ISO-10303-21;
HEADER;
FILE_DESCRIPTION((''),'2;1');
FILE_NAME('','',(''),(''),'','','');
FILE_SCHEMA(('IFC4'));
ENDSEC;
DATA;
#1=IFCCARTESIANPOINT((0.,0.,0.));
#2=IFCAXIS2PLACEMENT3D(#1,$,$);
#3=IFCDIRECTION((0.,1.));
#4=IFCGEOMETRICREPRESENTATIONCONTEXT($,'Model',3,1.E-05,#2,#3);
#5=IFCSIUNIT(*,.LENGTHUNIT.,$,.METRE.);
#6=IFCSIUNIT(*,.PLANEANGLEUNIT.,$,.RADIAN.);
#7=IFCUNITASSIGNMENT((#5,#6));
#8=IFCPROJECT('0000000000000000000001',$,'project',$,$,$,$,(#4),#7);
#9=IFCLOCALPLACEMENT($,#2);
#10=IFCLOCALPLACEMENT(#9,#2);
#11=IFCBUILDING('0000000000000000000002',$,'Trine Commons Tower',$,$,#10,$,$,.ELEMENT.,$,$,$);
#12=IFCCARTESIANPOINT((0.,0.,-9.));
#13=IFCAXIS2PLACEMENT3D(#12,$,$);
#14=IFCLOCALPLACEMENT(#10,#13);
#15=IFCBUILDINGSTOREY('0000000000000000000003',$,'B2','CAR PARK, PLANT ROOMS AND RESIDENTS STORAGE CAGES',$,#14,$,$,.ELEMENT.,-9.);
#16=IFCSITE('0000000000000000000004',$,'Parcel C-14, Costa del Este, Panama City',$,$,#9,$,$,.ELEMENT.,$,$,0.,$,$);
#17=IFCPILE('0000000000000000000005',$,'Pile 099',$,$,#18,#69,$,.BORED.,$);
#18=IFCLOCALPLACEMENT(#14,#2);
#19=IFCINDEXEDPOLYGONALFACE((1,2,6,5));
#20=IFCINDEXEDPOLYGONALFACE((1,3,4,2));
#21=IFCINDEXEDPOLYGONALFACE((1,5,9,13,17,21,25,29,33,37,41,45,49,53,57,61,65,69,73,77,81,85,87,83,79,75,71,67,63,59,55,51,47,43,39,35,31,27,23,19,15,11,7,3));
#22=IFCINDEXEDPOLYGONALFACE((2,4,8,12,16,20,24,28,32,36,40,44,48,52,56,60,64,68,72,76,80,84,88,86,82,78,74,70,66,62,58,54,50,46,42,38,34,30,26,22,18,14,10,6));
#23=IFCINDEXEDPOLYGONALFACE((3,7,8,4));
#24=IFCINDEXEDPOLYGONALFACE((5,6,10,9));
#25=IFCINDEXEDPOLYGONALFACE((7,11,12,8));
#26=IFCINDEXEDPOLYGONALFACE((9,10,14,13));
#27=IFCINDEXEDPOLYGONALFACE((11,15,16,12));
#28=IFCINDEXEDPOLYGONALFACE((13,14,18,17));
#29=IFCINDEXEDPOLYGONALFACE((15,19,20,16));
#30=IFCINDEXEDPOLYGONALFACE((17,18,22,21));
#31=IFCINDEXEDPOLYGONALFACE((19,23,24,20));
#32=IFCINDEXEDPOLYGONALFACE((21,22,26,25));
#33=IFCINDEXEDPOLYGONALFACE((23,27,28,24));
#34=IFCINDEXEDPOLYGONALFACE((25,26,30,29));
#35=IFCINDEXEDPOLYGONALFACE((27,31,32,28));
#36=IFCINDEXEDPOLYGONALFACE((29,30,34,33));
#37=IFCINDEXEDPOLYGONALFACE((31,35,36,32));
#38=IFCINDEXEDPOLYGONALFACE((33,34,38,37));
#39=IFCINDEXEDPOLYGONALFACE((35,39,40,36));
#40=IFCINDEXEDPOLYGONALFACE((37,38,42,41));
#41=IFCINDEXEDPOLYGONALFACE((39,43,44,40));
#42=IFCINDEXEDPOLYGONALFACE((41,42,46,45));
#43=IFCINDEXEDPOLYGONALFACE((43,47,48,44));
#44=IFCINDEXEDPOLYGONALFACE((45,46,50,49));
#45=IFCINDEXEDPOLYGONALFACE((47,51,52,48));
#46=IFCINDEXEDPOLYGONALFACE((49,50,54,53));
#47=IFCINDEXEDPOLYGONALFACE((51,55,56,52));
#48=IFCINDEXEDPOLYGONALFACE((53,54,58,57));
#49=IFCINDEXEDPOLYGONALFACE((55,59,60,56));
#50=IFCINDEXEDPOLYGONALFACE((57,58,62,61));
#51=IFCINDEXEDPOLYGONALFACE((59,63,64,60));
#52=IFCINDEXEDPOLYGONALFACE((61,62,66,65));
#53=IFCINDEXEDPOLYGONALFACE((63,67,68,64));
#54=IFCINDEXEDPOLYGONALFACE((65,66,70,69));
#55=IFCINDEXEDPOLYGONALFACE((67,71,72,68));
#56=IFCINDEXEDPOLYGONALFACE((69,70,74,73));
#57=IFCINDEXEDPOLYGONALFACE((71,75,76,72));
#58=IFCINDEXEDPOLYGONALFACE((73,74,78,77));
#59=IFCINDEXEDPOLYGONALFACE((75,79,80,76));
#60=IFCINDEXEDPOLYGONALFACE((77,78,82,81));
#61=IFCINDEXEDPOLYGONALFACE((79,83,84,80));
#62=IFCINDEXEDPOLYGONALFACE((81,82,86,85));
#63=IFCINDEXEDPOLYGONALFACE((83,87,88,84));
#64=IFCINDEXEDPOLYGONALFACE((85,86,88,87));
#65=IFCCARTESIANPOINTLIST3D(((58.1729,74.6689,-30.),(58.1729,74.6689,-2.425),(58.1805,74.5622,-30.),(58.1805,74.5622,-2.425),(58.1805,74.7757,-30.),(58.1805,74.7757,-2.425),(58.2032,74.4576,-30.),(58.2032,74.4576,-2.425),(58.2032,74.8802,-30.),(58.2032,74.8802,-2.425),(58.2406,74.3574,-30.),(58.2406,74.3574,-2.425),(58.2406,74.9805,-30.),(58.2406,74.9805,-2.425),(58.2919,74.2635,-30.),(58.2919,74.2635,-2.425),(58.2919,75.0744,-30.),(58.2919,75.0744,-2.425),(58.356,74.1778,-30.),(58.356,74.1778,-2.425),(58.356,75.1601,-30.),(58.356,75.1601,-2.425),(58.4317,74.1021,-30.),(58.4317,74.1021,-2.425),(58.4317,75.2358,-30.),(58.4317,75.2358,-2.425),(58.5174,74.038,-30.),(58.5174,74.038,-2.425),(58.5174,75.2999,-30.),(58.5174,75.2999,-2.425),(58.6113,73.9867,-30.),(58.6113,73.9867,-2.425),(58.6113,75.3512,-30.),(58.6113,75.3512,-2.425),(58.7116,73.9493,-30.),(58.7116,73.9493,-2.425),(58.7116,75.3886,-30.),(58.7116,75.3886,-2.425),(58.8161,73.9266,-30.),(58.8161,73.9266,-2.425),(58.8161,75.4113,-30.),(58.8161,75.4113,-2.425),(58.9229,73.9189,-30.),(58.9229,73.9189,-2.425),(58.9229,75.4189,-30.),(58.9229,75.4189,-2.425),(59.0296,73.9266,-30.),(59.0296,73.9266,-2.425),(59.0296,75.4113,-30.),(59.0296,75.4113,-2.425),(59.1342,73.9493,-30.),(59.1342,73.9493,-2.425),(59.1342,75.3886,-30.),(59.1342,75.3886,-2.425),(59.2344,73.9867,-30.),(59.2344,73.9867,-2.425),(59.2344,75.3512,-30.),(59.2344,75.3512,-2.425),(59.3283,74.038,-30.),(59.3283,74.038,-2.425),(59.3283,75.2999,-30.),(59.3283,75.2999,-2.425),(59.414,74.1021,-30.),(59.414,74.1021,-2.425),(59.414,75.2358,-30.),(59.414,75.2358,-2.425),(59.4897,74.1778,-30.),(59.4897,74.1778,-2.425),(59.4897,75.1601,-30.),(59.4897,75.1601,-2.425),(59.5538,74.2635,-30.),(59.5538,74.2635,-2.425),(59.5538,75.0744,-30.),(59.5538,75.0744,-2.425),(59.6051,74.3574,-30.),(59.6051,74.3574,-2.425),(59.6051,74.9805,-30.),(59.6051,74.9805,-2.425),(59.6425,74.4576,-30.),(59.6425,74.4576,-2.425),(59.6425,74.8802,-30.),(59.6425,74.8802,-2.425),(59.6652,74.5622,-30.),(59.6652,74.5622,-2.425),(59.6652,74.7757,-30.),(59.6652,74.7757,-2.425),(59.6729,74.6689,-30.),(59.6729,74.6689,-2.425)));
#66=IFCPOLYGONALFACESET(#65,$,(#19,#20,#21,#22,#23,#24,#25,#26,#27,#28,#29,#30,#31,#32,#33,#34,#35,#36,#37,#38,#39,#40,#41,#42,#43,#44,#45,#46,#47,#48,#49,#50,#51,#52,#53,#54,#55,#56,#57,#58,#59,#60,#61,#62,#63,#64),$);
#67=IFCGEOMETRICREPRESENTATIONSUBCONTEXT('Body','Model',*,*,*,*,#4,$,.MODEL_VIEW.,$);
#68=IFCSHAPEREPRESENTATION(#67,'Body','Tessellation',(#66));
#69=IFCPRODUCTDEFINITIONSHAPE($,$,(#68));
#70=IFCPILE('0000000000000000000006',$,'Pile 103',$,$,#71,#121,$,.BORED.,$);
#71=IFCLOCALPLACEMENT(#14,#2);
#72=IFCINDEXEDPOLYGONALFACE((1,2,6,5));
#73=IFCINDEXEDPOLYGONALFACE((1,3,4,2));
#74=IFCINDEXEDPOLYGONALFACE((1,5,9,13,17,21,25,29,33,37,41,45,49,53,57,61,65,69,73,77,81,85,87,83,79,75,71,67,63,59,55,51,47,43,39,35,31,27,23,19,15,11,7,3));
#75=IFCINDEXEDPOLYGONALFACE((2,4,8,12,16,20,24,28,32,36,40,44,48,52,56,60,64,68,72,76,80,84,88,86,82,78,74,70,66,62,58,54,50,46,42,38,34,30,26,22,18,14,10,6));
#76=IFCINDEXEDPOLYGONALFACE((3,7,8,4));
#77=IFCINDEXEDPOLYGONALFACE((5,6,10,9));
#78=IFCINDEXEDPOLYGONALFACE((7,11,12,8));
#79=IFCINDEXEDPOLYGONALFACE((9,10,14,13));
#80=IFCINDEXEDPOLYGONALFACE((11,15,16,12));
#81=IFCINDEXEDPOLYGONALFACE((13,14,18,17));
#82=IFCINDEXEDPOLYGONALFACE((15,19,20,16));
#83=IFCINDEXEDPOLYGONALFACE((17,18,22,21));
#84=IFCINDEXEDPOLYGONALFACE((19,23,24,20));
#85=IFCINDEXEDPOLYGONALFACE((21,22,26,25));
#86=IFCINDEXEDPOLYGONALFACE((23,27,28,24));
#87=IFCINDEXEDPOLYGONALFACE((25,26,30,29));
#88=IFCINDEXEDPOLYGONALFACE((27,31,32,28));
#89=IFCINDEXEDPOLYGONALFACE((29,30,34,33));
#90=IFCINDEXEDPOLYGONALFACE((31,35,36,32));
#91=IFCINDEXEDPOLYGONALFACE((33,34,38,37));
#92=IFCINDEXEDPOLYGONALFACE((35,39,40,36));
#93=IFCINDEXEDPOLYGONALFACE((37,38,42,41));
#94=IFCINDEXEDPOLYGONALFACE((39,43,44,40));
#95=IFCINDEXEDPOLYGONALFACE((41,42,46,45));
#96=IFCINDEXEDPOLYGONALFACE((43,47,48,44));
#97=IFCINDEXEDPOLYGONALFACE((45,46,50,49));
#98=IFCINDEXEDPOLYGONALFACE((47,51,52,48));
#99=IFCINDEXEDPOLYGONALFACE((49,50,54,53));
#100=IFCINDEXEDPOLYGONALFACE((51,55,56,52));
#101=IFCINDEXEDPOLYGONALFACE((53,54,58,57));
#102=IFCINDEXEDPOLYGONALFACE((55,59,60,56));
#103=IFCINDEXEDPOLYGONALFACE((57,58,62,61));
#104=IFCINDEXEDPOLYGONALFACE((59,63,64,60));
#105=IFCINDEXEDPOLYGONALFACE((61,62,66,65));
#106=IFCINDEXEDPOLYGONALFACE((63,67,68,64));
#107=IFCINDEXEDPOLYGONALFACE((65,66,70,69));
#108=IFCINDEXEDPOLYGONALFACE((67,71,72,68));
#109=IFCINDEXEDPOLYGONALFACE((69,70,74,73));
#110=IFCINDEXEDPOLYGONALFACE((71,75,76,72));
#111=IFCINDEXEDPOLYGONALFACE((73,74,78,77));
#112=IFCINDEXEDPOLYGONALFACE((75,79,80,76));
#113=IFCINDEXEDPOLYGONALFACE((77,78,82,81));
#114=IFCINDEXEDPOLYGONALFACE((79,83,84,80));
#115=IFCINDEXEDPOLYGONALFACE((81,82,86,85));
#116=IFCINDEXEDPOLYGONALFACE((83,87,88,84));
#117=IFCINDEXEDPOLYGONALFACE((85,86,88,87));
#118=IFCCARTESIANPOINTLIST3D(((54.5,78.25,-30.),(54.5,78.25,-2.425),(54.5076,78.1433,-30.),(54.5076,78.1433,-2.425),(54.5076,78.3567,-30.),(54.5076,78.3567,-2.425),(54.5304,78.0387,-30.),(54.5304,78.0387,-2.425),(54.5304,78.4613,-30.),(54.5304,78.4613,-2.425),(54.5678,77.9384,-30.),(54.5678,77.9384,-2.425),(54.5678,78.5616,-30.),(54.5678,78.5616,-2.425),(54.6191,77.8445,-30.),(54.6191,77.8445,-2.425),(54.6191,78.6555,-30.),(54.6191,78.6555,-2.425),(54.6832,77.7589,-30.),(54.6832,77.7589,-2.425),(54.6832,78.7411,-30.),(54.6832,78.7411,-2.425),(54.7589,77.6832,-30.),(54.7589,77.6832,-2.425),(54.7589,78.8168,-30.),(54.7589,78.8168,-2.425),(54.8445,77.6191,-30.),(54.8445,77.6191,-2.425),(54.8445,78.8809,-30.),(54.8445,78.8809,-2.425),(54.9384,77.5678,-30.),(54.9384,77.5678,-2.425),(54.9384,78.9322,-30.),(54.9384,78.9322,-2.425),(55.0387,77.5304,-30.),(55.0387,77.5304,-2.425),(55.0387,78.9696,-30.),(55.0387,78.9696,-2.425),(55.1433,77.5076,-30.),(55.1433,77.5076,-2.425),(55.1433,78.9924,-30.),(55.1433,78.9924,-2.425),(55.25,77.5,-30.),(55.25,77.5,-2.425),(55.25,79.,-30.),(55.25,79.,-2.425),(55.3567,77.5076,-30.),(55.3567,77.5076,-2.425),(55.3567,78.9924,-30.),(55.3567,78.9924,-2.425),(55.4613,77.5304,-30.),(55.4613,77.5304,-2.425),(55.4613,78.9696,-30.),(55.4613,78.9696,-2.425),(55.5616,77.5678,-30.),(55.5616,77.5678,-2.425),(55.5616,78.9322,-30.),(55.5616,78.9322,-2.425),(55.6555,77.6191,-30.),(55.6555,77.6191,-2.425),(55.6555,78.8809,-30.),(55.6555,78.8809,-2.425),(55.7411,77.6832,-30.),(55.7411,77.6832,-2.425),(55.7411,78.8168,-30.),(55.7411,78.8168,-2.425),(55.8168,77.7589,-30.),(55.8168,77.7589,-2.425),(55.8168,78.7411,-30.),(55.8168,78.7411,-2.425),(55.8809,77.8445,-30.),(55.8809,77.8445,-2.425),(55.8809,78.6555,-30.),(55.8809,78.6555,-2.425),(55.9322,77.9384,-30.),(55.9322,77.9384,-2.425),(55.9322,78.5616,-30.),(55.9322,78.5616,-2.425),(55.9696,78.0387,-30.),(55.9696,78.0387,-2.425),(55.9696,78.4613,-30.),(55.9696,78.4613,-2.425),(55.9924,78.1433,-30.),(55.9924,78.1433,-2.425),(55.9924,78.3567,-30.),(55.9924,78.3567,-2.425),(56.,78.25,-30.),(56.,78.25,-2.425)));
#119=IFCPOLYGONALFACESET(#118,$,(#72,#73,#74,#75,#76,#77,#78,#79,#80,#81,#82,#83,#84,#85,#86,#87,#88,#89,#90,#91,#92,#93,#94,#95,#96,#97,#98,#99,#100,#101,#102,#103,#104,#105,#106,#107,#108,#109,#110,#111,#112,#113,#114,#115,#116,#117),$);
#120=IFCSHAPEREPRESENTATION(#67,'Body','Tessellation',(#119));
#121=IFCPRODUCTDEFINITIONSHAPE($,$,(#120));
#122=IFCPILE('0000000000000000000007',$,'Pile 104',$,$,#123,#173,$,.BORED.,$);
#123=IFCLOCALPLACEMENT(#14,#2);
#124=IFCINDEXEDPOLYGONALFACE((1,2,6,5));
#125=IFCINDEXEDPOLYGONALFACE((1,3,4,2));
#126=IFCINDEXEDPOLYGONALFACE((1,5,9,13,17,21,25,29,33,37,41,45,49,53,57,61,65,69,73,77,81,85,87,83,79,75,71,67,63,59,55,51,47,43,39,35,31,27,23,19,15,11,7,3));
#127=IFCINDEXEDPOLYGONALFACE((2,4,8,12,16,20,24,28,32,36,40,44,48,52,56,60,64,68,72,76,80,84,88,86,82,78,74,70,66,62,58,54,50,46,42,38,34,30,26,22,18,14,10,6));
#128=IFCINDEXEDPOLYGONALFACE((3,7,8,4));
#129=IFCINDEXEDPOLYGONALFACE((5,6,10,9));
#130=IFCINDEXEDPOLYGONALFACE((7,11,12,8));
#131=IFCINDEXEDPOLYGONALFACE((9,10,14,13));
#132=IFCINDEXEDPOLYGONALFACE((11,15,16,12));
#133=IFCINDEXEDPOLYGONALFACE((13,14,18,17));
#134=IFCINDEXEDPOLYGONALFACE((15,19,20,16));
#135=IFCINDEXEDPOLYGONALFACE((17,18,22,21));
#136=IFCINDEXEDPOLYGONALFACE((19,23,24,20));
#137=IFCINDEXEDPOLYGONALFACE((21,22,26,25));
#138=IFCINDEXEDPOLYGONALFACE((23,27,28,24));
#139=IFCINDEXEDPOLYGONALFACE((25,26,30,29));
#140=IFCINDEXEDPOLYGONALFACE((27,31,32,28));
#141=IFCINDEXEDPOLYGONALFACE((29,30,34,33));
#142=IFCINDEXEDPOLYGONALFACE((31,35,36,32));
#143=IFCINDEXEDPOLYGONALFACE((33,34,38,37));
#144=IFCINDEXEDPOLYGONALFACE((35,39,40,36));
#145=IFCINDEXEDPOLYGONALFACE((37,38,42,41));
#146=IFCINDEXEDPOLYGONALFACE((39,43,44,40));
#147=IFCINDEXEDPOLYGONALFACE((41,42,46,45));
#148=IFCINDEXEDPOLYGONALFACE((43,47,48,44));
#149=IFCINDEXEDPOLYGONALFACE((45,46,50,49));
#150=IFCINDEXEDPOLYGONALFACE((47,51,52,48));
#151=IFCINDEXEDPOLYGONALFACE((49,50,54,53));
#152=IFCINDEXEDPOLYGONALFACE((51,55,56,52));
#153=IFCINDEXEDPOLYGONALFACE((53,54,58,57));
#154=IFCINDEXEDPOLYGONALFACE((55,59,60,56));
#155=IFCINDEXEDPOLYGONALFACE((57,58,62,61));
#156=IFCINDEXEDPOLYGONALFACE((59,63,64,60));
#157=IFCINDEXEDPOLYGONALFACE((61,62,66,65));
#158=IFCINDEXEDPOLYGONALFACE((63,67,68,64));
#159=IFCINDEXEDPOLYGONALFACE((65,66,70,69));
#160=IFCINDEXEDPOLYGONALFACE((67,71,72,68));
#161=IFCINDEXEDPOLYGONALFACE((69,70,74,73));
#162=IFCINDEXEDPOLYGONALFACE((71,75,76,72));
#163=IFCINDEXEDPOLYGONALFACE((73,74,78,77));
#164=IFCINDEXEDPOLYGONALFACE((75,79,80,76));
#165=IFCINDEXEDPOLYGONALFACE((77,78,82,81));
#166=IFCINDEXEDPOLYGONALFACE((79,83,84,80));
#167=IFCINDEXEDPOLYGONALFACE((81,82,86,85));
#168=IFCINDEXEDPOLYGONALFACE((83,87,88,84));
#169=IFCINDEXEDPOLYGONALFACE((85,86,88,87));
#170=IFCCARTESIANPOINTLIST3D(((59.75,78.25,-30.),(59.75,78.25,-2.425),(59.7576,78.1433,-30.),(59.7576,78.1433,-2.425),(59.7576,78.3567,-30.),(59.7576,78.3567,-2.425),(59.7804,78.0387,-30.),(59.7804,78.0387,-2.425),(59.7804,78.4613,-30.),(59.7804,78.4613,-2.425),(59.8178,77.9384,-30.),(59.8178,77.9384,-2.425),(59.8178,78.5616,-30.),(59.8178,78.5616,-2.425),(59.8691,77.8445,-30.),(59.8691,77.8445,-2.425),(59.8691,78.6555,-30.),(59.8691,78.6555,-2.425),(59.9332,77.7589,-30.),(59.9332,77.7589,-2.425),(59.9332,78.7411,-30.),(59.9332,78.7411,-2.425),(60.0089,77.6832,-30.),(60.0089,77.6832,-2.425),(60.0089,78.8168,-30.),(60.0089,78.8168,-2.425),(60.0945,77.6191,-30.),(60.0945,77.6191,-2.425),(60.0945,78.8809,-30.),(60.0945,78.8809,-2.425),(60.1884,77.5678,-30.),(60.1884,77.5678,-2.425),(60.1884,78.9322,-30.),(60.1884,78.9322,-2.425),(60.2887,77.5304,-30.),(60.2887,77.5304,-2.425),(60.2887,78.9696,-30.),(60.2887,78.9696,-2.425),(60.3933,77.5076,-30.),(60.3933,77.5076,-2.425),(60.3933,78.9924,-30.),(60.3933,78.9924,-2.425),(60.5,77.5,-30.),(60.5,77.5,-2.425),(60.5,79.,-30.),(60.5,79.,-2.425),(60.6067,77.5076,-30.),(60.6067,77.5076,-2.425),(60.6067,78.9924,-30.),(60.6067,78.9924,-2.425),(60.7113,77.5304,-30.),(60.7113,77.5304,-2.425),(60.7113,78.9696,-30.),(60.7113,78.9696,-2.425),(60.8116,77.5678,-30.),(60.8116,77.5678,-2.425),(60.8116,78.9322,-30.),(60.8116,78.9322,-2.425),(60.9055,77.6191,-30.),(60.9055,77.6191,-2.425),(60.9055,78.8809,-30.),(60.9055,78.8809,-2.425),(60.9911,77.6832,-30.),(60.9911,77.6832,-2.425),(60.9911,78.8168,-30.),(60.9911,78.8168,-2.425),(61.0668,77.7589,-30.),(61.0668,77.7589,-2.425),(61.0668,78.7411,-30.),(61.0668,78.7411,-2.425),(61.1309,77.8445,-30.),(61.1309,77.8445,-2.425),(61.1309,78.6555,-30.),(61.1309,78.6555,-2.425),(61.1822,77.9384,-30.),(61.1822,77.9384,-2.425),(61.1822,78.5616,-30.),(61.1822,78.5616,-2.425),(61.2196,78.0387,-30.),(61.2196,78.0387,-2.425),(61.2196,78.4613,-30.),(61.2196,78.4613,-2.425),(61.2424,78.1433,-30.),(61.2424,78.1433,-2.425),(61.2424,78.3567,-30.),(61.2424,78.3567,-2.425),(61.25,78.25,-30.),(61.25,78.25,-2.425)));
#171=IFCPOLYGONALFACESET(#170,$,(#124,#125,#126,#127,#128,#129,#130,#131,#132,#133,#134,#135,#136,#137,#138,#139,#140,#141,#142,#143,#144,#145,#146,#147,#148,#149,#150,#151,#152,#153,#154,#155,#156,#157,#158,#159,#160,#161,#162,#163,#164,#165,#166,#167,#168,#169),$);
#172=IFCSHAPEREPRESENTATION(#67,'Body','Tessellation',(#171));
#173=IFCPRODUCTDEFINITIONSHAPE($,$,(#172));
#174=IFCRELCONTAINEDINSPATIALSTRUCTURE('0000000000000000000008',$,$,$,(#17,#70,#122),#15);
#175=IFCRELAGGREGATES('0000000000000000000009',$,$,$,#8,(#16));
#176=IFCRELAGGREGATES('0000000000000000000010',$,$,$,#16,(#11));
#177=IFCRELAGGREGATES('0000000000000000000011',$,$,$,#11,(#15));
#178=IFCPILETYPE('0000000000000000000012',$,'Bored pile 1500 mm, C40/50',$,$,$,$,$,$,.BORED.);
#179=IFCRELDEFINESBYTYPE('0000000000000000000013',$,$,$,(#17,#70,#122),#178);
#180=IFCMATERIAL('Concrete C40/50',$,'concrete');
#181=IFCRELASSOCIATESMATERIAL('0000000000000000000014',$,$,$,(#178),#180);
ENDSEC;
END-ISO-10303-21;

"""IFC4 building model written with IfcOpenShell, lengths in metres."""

from ifc_helpers import new_model, si_unit, direction, frame, origin, origin_2d, place, context, subcontext, project, spatial, circle, extrude, material, type_object, element, save


model = new_model("IFC4")

# Units and contexts
model_context = context("Model", 3, precision=1e-05, world=origin(), true_north=direction((0.0, 1.0)))
body_context = subcontext(model_context, "Body", "Model", "MODEL_VIEW")
ifc_project = project(units=[si_unit("LENGTHUNIT", "METRE"), si_unit("PLANEANGLEUNIT", "RADIAN")], contexts=[model_context])

# Site, building, storey
site_placement = place(None, origin())
site = spatial("IfcSite", under=ifc_project, at=site_placement, Name="Parcel C-14, Costa del Este, Panama City", CompositionType="ELEMENT", RefElevation=0.0)
building_placement = place(site_placement, origin())
building = spatial("IfcBuilding", under=site, at=building_placement, Name="Trine Commons Tower", CompositionType="ELEMENT")
storey_placement = place(building_placement, frame((0.0, 0.0, -9.0)))
storey = spatial("IfcBuildingStorey", under=building, at=storey_placement, Name="B2", Description="CAR PARK, PLANT ROOMS AND RESIDENTS STORAGE CAGES", CompositionType="ELEMENT", Elevation=-9.0)

# Piles
ifc_material_1 = material(Name="Concrete C40/50", Category="concrete")
pile_type = type_object("IfcPileType", Name="Bored pile 1500 mm, C40/50", PredefinedType="BORED", material=ifc_material_1)
for number, where, z_axis, x_axis, name in (
    (1, (58.9229, 74.6689, -2.425), (0.0, 0.0, -1.0), (1.0, 0.0, 0.0), "Pile 099"),
    (2, (55.25, 78.25, -2.425), (0.0, 0.0, -1.0), (1.0, 0.0, 0.0), "Pile 103"),
    (3, (60.5, 78.25, -2.425), (0.0, 0.0, -1.0), (1.0, 0.0, 0.0), "Pile 104"),
):
    element("IfcPile", number, at=place(storey_placement, frame(where, z_axis=z_axis, x_axis=x_axis)), inside=storey, type_object=pile_type, Name=name, PredefinedType="BORED", context=body_context, shape_type="SweptSolid", body=[
        extrude(circle(Radius=0.75, at=origin_2d()), origin(), (0.0, 0.0, 1.0), 27.575),
    ])

save(model, "model.ifc")
